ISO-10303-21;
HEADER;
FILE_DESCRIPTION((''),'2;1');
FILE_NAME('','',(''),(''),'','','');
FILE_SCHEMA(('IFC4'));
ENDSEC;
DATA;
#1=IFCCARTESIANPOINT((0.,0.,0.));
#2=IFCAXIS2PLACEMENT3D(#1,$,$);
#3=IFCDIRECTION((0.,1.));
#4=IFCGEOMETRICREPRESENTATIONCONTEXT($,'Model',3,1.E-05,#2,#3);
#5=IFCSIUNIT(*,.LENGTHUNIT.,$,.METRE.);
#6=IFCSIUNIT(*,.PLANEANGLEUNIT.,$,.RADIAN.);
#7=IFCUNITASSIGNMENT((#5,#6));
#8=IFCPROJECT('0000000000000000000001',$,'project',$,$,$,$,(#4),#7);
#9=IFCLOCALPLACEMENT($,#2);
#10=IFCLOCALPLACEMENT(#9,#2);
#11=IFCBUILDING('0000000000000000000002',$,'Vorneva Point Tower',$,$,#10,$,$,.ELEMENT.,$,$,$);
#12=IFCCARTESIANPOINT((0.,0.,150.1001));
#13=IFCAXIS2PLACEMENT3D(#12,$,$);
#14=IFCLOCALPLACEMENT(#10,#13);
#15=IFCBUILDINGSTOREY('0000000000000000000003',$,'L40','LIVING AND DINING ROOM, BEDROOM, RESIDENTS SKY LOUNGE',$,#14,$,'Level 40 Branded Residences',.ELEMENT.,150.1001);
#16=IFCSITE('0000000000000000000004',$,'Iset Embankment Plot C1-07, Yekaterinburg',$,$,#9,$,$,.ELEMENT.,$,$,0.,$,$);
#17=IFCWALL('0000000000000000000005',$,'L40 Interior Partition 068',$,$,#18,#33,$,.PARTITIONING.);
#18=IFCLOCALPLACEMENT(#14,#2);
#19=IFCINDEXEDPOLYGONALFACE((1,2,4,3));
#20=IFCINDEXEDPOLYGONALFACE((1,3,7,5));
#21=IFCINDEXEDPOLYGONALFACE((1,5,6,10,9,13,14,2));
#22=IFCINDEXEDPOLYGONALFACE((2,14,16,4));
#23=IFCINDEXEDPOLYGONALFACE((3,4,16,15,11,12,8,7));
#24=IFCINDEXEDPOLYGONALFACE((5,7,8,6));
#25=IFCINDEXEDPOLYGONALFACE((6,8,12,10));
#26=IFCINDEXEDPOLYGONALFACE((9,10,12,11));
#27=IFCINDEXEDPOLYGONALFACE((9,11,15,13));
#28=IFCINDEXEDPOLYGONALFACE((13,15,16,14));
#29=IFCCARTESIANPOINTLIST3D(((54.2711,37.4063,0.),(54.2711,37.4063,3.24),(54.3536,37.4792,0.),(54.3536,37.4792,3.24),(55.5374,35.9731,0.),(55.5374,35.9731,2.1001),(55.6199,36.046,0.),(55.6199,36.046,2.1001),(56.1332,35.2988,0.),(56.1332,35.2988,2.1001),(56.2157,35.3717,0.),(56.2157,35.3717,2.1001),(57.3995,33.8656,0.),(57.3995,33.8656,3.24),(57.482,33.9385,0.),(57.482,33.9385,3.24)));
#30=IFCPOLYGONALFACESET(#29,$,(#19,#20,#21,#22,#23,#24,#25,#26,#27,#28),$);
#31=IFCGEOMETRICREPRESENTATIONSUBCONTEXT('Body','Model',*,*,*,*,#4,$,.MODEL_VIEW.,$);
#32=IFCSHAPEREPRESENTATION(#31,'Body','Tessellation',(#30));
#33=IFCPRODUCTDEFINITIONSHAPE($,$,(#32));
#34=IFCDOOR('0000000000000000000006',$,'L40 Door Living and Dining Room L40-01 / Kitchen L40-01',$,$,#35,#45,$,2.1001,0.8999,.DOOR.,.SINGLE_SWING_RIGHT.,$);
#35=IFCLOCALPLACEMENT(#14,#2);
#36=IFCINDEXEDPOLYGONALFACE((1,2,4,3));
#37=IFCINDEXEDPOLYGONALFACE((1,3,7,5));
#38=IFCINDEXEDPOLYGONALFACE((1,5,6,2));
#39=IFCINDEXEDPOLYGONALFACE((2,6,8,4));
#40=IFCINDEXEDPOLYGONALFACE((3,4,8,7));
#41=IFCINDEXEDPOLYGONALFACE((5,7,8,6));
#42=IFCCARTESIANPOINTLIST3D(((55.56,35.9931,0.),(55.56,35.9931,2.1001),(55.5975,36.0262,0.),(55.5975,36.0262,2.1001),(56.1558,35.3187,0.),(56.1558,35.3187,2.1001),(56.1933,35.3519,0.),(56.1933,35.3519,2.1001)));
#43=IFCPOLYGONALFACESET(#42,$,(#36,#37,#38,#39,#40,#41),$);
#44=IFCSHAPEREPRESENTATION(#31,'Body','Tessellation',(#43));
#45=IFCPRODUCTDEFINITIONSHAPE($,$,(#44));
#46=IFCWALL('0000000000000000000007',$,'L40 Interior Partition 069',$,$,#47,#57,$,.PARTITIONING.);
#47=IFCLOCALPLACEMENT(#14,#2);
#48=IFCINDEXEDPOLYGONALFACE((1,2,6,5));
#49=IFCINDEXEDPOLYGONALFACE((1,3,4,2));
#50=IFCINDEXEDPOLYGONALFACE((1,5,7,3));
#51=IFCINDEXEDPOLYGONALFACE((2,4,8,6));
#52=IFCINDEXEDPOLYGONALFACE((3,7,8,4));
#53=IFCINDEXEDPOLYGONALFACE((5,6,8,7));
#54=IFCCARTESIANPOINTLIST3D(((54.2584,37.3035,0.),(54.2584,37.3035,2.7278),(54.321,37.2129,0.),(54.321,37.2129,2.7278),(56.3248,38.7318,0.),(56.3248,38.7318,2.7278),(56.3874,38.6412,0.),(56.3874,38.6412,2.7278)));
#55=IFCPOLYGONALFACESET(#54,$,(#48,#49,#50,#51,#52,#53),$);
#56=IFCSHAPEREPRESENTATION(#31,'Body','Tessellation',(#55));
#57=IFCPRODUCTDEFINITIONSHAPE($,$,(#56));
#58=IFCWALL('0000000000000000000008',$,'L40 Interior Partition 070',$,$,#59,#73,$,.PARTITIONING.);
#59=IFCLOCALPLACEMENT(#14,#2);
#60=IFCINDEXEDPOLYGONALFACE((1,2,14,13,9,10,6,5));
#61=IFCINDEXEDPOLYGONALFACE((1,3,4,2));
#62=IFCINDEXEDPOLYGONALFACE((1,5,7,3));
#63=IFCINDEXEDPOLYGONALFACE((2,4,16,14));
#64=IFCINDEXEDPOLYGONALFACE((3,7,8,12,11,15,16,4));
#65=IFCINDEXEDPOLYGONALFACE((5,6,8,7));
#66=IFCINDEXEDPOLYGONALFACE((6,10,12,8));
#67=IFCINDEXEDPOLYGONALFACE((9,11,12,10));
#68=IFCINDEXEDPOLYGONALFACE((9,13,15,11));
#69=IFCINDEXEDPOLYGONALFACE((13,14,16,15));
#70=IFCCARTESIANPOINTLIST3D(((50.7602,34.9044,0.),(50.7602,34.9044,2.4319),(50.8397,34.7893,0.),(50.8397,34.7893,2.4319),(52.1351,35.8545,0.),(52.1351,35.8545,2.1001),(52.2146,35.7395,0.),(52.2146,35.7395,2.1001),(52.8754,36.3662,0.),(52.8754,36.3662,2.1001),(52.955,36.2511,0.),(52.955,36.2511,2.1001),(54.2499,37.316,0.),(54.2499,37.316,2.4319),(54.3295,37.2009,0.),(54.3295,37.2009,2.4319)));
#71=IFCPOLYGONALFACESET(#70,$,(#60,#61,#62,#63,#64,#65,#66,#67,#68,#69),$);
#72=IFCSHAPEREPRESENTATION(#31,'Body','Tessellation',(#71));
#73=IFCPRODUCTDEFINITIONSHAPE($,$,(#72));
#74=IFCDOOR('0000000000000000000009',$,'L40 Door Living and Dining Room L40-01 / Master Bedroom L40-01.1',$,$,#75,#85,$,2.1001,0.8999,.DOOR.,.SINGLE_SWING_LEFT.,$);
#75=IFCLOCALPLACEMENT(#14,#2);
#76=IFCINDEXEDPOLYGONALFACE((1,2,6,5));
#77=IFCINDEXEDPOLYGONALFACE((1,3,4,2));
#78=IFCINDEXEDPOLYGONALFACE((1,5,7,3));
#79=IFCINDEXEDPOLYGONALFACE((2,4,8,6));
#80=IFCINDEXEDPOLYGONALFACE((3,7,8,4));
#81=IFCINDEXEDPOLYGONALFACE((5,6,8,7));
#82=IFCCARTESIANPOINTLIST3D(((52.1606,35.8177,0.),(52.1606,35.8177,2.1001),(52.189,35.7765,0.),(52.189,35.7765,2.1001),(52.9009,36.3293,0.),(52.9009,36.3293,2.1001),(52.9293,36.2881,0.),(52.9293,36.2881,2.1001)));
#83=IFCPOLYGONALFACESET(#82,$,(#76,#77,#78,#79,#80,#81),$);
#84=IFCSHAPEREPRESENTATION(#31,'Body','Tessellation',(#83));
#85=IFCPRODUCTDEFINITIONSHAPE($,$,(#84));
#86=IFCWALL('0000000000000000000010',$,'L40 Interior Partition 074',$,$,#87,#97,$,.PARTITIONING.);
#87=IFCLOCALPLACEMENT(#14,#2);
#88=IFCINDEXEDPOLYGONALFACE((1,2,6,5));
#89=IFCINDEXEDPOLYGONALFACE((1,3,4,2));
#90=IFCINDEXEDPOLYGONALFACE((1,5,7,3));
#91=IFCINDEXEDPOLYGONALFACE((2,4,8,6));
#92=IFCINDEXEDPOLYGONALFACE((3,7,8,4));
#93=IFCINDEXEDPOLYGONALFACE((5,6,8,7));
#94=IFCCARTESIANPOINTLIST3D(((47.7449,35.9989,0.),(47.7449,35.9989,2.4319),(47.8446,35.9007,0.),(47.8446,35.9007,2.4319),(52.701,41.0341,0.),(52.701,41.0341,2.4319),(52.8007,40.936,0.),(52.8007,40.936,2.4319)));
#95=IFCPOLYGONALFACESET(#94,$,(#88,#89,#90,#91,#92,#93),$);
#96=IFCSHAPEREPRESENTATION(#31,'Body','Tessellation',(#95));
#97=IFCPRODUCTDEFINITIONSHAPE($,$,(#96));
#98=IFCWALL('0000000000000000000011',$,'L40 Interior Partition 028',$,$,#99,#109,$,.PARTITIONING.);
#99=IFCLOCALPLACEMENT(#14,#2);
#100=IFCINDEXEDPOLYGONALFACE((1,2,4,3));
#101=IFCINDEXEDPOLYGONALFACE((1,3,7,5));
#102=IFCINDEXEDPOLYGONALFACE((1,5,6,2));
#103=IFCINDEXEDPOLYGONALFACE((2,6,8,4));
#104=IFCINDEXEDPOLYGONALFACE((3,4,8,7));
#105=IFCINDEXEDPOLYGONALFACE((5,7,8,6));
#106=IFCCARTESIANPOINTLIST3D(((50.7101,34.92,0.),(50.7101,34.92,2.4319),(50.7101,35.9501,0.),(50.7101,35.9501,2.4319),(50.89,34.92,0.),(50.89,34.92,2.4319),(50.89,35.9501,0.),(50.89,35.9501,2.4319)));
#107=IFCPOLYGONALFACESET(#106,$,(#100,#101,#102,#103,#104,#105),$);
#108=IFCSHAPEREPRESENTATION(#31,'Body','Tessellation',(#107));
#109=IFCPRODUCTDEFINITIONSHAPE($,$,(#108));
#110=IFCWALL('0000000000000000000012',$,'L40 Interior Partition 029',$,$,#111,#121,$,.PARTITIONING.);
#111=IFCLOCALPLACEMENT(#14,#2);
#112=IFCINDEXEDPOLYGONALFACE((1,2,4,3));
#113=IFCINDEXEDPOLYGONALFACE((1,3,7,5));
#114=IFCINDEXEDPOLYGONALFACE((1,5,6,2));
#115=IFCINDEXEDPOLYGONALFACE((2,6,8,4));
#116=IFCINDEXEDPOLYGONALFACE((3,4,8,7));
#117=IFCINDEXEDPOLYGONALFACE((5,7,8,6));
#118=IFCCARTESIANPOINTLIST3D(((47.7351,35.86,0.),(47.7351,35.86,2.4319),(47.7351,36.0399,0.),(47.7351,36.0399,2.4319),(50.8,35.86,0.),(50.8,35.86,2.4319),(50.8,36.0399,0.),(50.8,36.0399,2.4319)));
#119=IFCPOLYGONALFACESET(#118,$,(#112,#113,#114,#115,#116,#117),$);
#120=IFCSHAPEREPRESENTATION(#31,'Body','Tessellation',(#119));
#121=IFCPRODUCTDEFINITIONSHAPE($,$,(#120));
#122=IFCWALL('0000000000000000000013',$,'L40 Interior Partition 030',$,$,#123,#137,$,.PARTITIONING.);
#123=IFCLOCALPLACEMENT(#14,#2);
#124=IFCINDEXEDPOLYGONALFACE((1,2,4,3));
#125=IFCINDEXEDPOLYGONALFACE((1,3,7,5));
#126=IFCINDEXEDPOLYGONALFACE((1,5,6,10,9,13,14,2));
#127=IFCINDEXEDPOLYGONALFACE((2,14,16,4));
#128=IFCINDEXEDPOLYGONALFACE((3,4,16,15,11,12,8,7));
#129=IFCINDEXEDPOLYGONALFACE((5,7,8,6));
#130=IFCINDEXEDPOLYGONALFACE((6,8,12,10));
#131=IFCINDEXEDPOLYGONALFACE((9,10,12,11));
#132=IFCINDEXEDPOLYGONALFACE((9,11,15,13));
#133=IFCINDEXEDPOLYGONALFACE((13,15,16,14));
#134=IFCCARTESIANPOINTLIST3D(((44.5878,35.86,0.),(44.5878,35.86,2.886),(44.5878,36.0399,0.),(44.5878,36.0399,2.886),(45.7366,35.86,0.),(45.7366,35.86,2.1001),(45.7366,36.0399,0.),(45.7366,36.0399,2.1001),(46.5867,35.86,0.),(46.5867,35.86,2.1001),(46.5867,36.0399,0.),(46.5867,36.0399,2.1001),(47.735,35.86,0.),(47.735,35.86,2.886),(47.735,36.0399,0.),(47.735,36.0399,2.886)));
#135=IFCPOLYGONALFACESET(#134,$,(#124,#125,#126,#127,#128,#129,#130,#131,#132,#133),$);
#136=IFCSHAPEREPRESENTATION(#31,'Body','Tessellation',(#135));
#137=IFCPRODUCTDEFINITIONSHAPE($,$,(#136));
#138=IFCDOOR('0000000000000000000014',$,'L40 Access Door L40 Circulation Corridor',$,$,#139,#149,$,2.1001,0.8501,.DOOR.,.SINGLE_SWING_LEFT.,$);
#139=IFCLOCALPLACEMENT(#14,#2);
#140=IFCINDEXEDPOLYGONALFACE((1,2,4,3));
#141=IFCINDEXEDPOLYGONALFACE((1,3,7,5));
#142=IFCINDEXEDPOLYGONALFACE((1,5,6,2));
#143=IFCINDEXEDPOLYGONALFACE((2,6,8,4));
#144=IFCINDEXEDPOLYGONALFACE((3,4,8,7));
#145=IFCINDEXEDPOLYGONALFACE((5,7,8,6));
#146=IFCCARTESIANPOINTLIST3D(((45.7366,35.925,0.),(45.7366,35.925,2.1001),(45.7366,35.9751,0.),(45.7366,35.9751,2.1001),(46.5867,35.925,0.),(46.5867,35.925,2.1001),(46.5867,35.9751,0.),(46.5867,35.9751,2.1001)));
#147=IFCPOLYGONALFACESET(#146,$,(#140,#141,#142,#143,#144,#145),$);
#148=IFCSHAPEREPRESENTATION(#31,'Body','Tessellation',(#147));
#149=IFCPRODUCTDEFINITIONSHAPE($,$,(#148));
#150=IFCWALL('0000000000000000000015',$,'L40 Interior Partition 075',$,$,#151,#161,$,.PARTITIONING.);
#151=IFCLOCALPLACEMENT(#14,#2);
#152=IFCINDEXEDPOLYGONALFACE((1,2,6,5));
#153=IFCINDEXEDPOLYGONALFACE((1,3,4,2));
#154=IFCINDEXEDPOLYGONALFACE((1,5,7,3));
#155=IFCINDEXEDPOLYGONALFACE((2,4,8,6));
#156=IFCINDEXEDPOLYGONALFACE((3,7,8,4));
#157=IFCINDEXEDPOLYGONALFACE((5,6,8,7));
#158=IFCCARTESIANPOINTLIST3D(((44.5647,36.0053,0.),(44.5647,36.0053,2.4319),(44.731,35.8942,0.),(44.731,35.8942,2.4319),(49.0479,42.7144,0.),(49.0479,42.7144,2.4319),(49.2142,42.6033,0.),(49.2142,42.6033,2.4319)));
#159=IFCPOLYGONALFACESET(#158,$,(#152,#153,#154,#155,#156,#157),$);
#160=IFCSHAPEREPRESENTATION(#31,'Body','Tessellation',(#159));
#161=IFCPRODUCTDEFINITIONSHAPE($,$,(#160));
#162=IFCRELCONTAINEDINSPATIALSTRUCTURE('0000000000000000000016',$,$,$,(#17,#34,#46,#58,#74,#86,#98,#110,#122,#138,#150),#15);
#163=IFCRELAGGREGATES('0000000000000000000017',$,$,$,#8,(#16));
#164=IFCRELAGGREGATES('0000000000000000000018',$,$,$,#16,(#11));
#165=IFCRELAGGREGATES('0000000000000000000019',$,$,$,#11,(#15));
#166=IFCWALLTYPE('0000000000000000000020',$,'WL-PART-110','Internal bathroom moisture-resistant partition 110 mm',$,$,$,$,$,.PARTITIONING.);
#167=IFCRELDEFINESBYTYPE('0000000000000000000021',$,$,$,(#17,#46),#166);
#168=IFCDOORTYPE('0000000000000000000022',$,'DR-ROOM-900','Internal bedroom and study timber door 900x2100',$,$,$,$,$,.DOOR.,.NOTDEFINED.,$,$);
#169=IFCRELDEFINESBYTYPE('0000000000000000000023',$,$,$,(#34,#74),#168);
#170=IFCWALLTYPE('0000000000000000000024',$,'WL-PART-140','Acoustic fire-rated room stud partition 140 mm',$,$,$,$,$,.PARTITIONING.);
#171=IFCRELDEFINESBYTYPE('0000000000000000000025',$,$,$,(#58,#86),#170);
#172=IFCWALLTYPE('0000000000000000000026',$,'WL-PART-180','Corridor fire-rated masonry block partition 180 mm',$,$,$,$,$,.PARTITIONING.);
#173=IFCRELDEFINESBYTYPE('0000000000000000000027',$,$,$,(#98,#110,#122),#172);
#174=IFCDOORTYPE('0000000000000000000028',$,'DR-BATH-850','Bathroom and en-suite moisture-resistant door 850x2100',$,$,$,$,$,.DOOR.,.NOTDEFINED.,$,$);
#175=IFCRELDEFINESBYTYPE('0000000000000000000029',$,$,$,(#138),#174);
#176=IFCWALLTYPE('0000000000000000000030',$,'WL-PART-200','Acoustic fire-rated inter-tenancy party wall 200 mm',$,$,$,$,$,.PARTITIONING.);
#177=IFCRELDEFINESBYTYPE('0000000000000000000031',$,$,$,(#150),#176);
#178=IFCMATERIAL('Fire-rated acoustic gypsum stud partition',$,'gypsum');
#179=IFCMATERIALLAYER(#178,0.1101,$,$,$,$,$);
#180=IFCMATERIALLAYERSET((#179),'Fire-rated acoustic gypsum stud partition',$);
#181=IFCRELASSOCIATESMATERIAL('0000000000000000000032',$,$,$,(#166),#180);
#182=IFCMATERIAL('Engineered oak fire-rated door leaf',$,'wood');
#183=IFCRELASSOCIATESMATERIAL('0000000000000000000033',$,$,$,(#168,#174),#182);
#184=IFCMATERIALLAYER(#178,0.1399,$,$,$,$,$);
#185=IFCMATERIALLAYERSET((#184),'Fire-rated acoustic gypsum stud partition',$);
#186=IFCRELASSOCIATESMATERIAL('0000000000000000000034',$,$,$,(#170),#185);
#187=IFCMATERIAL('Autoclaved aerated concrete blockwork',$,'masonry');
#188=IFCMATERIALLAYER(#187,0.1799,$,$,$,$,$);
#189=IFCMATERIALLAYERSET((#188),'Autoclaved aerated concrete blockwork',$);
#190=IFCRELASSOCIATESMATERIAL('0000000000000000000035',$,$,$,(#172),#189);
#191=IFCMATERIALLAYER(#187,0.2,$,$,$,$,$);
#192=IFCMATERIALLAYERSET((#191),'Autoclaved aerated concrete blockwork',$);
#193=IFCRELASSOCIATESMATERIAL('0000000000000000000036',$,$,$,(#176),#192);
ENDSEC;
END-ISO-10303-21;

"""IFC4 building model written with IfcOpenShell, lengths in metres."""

from ifc_helpers import new_model, si_unit, direction, frame, frame_2d, origin, place, context, subcontext, project, spatial, rectangle, extrude, material, layer, layer_set, type_object, element, fill, save


model = new_model("IFC4")

# Units and contexts
model_context = context("Model", 3, precision=1e-05, world=origin(), true_north=direction((0.0, 1.0)))
body_context = subcontext(model_context, "Body", "Model", "MODEL_VIEW")
ifc_project = project(units=[si_unit("LENGTHUNIT", "METRE"), si_unit("PLANEANGLEUNIT", "RADIAN")], contexts=[model_context])

# Site, building, storey
site_placement = place(None, origin())
site = spatial("IfcSite", under=ifc_project, at=site_placement, Name="Iset Embankment Plot C1-07, Yekaterinburg", CompositionType="ELEMENT", RefElevation=0.0)
building_placement = place(site_placement, origin())
building = spatial("IfcBuilding", under=site, at=building_placement, Name="Vorneva Point Tower", CompositionType="ELEMENT")
storey_placement = place(building_placement, frame((0.0, 0.0, 150.1001)))
storey = spatial("IfcBuildingStorey", under=building, at=storey_placement, Name="L40", Description="LIVING AND DINING ROOM, BEDROOM, RESIDENTS SKY LOUNGE", LongName="Level 40 Branded Residences", CompositionType="ELEMENT", Elevation=150.1001)

# Shared definitions
ifc_material_1 = material(Name="Fire-rated acoustic gypsum stud partition", Category="gypsum")
ifc_layer_1 = layer(ifc_material_1, 0.1101)
ifc_layer_set_1 = layer_set([ifc_layer_1], Name="Fire-rated acoustic gypsum stud partition")
wall_type_1 = type_object("IfcWallType", Name="WL-PART-110", Description="Internal bathroom moisture-resistant partition 110 mm", PredefinedType="PARTITIONING", material=ifc_layer_set_1)

# Wall, opening, door
wall_1_placement = place(storey_placement, frame((57.4407, 33.9021, 0.0), z_axis=(0.0, 0.0, 1.0), x_axis=(-0.662122, 0.749396, 0.0)))
wall_1 = element("IfcWall", 1, at=wall_1_placement, inside=storey, type_object=wall_type_1, Name="L40 Interior Partition 068", PredefinedType="PARTITIONING", context=body_context, shape_type="SweptSolid", body=[
    extrude(rectangle(XDim=4.7249, YDim=0.1101, at=frame_2d((2.3623, 0.0))), origin(), (0.0, 0.0, 1.0), 3.24),
])
opening_1_placement = place(wall_1_placement, frame((1.9124, 0.0, 0.0)))
opening_1 = element("IfcOpeningElement", 2, at=opening_1_placement, cuts=wall_1, PredefinedType="OPENING", context=body_context, shape_type="SweptSolid", body=[
    extrude(rectangle(XDim=0.8999, YDim=2.1001, at=frame_2d((0.45, 1.05))), frame((0.0, 0.0698, 0.0), z_axis=(0.0, -1.0, 0.0), x_axis=(1.0, 0.0, 0.0)), (0.0, 0.0, 1.0), 0.1399),
])
ifc_material_2 = material(Name="Engineered oak fire-rated door leaf", Category="wood")
door_type_1 = type_object("IfcDoorType", Name="DR-ROOM-900", Description="Internal bedroom and study timber door 900x2100", OperationType="NOTDEFINED", PredefinedType="DOOR", material=ifc_material_2)
door_1_placement = place(opening_1_placement, origin())
door_1 = element("IfcDoor", 3, at=door_1_placement, inside=storey, type_object=door_type_1, Name="L40 Door Living and Dining Room L40-01 / Kitchen L40-01", OperationType="SINGLE_SWING_RIGHT", OverallHeight=2.1001, OverallWidth=0.8999, PredefinedType="DOOR", context=body_context, shape_type="SweptSolid", body=[
    extrude(rectangle(XDim=0.8999, YDim=2.1001, at=frame_2d((0.45, 1.05))), frame((0.0, 0.0249, 0.0), z_axis=(0.0, -1.0, 0.0), x_axis=(1.0, 0.0, 0.0)), (0.0, 0.0, 1.0), 0.05),
])
fill(opening_1, door_1)

# Wall
wall_2_placement = place(storey_placement, frame((54.2898, 37.2583, 0.0), z_axis=(0.0, 0.0, 1.0), x_axis=(0.822633, 0.568573, 0.0)))
element("IfcWall", 4, at=wall_2_placement, inside=storey, type_object=wall_type_1, Name="L40 Interior Partition 069", PredefinedType="PARTITIONING", context=body_context, shape_type="SweptSolid", body=[
    extrude(rectangle(XDim=2.512, YDim=0.1101, at=frame_2d((1.2559, 0.0))), origin(), (0.0, 0.0, 1.0), 2.7278),
])

# Wall, opening, door
ifc_layer_2 = layer(ifc_material_1, 0.1399)
ifc_layer_set_2 = layer_set([ifc_layer_2], Name="Fire-rated acoustic gypsum stud partition")
wall_type_2 = type_object("IfcWallType", Name="WL-PART-140", Description="Acoustic fire-rated room stud partition 140 mm", PredefinedType="PARTITIONING", material=ifc_layer_set_2)
wall_3_placement = place(storey_placement, frame((54.2898, 37.2585, 0.0), z_axis=(0.0, 0.0, 1.0), x_axis=(-0.822673, -0.568515, 0.0)))
wall_3 = element("IfcWall", 5, at=wall_3_placement, inside=storey, type_object=wall_type_2, Name="L40 Interior Partition 070", PredefinedType="PARTITIONING", context=body_context, shape_type="SweptSolid", body=[
    extrude(rectangle(XDim=4.2419, YDim=0.1399, at=frame_2d((2.1211, 0.0))), origin(), (0.0, 0.0, 1.0), 2.4319),
])
opening_2_placement = place(wall_3_placement, frame((1.6709, 0.0, 0.0)))
opening_2 = element("IfcOpeningElement", 6, at=opening_2_placement, cuts=wall_3, PredefinedType="OPENING", context=body_context, shape_type="SweptSolid", body=[
    extrude(rectangle(XDim=0.8999, YDim=2.1001, at=frame_2d((0.45, 1.05))), frame((0.0, 0.085, 0.0), z_axis=(0.0, -1.0, 0.0), x_axis=(1.0, 0.0, 0.0)), (0.0, 0.0, 1.0), 0.1697),
])
door_2_placement = place(opening_2_placement, origin())
door_2 = element("IfcDoor", 7, at=door_2_placement, inside=storey, type_object=door_type_1, Name="L40 Door Living and Dining Room L40-01 / Master Bedroom L40-01.1", OperationType="SINGLE_SWING_LEFT", OverallHeight=2.1001, OverallWidth=0.8999, PredefinedType="DOOR", context=body_context, shape_type="SweptSolid", body=[
    extrude(rectangle(XDim=0.8999, YDim=2.1001, at=frame_2d((0.45, 1.05))), frame((0.0, 0.0249, 0.0), z_axis=(0.0, -1.0, 0.0), x_axis=(1.0, 0.0, 0.0)), (0.0, 0.0, 1.0), 0.05),
])
fill(opening_2, door_2)

# Walls
wall_4_placement = place(storey_placement, frame((52.751, 40.9851, 0.0), z_axis=(0.0, 0.0, 1.0), x_axis=(-0.701487, -0.712683, 0.0)))
element("IfcWall", 8, at=wall_4_placement, inside=storey, type_object=wall_type_2, Name="L40 Interior Partition 074", PredefinedType="PARTITIONING", context=body_context, shape_type="SweptSolid", body=[
    extrude(rectangle(XDim=7.0652, YDim=0.1399, at=frame_2d((3.5327, 0.0))), origin(), (0.0, 0.0, 1.0), 2.4319),
])
ifc_material_3 = material(Name="Autoclaved aerated concrete blockwork", Category="masonry")
ifc_layer_3 = layer(ifc_material_3, 0.1799)
ifc_layer_set_3 = layer_set([ifc_layer_3], Name="Autoclaved aerated concrete blockwork")
wall_type_3 = type_object("IfcWallType", Name="WL-PART-180", Description="Corridor fire-rated masonry block partition 180 mm", PredefinedType="PARTITIONING", material=ifc_layer_set_3)
wall_5_placement = place(storey_placement, frame((50.8, 34.9199, 0.0), z_axis=(0.0, 0.0, 1.0), x_axis=(0.0, 1.0, 0.0)))
element("IfcWall", 9, at=wall_5_placement, inside=storey, type_object=wall_type_3, Name="L40 Interior Partition 028", PredefinedType="PARTITIONING", context=body_context, shape_type="SweptSolid", body=[
    extrude(rectangle(XDim=1.03, YDim=0.1799, at=frame_2d((0.5151, 0.0))), origin(), (0.0, 0.0, 1.0), 2.4319),
])
wall_6_placement = place(storey_placement, frame((50.8, 35.95, 0.0), z_axis=(0.0, 0.0, 1.0), x_axis=(-1.0, 0.0, 0.0)))
element("IfcWall", 10, at=wall_6_placement, inside=storey, type_object=wall_type_3, Name="L40 Interior Partition 029", PredefinedType="PARTITIONING", context=body_context, shape_type="SweptSolid", body=[
    extrude(rectangle(XDim=3.0649, YDim=0.1799, at=frame_2d((1.5325, 0.0))), origin(), (0.0, 0.0, 1.0), 2.4319),
])

# Wall, opening, door
wall_7_placement = place(storey_placement, frame((47.7351, 35.95, 0.0), z_axis=(0.0, 0.0, 1.0), x_axis=(-1.0, 0.0, 0.0)))
wall_7 = element("IfcWall", 11, at=wall_7_placement, inside=storey, type_object=wall_type_3, Name="L40 Interior Partition 030", PredefinedType="PARTITIONING", context=body_context, shape_type="SweptSolid", body=[
    extrude(rectangle(XDim=3.1472, YDim=0.1799, at=frame_2d((1.5737, 0.0))), origin(), (0.0, 0.0, 1.0), 2.886),
])
opening_3_placement = place(wall_7_placement, frame((1.1484, 0.0, 0.0)))
opening_3 = element("IfcOpeningElement", 12, at=opening_3_placement, cuts=wall_7, PredefinedType="OPENING", context=body_context, shape_type="SweptSolid", body=[
    extrude(rectangle(XDim=0.8501, YDim=2.1001, at=frame_2d((0.425, 1.05))), frame((0.0, 0.105, 0.0), z_axis=(0.0, -1.0, 0.0), x_axis=(1.0, 0.0, 0.0)), (0.0, 0.0, 1.0), 0.2097),
])
door_type_2 = type_object("IfcDoorType", Name="DR-BATH-850", Description="Bathroom and en-suite moisture-resistant door 850x2100", OperationType="NOTDEFINED", PredefinedType="DOOR", material=ifc_material_2)
door_3_placement = place(opening_3_placement, origin())
door_3 = element("IfcDoor", 13, at=door_3_placement, inside=storey, type_object=door_type_2, Name="L40 Access Door L40 Circulation Corridor", OperationType="SINGLE_SWING_LEFT", OverallHeight=2.1001, OverallWidth=0.8501, PredefinedType="DOOR", context=body_context, shape_type="SweptSolid", body=[
    extrude(rectangle(XDim=0.8501, YDim=2.1001, at=frame_2d((0.425, 1.05))), frame((0.0, 0.0249, 0.0), z_axis=(0.0, -1.0, 0.0), x_axis=(1.0, 0.0, 0.0)), (0.0, 0.0, 1.0), 0.05),
])
fill(opening_3, door_3)

# Wall
ifc_layer_4 = layer(ifc_material_3, 0.2)
ifc_layer_set_4 = layer_set([ifc_layer_4], Name="Autoclaved aerated concrete blockwork")
wall_type_4 = type_object("IfcWallType", Name="WL-PART-200", Description="Acoustic fire-rated inter-tenancy party wall 200 mm", PredefinedType="PARTITIONING", material=ifc_layer_set_4)
wall_8_placement = place(storey_placement, frame((49.1311, 42.6589, 0.0), z_axis=(0.0, 0.0, 1.0), x_axis=(-0.555601, -0.831449, 0.0)))
element("IfcWall", 14, at=wall_8_placement, inside=storey, type_object=wall_type_4, Name="L40 Interior Partition 075", PredefinedType="PARTITIONING", context=body_context, shape_type="SweptSolid", body=[
    extrude(rectangle(XDim=8.0691, YDim=0.2, at=frame_2d((4.0347, 0.0))), origin(), (0.0, 0.0, 1.0), 2.4319),
])

save(model, "model.ifc")
